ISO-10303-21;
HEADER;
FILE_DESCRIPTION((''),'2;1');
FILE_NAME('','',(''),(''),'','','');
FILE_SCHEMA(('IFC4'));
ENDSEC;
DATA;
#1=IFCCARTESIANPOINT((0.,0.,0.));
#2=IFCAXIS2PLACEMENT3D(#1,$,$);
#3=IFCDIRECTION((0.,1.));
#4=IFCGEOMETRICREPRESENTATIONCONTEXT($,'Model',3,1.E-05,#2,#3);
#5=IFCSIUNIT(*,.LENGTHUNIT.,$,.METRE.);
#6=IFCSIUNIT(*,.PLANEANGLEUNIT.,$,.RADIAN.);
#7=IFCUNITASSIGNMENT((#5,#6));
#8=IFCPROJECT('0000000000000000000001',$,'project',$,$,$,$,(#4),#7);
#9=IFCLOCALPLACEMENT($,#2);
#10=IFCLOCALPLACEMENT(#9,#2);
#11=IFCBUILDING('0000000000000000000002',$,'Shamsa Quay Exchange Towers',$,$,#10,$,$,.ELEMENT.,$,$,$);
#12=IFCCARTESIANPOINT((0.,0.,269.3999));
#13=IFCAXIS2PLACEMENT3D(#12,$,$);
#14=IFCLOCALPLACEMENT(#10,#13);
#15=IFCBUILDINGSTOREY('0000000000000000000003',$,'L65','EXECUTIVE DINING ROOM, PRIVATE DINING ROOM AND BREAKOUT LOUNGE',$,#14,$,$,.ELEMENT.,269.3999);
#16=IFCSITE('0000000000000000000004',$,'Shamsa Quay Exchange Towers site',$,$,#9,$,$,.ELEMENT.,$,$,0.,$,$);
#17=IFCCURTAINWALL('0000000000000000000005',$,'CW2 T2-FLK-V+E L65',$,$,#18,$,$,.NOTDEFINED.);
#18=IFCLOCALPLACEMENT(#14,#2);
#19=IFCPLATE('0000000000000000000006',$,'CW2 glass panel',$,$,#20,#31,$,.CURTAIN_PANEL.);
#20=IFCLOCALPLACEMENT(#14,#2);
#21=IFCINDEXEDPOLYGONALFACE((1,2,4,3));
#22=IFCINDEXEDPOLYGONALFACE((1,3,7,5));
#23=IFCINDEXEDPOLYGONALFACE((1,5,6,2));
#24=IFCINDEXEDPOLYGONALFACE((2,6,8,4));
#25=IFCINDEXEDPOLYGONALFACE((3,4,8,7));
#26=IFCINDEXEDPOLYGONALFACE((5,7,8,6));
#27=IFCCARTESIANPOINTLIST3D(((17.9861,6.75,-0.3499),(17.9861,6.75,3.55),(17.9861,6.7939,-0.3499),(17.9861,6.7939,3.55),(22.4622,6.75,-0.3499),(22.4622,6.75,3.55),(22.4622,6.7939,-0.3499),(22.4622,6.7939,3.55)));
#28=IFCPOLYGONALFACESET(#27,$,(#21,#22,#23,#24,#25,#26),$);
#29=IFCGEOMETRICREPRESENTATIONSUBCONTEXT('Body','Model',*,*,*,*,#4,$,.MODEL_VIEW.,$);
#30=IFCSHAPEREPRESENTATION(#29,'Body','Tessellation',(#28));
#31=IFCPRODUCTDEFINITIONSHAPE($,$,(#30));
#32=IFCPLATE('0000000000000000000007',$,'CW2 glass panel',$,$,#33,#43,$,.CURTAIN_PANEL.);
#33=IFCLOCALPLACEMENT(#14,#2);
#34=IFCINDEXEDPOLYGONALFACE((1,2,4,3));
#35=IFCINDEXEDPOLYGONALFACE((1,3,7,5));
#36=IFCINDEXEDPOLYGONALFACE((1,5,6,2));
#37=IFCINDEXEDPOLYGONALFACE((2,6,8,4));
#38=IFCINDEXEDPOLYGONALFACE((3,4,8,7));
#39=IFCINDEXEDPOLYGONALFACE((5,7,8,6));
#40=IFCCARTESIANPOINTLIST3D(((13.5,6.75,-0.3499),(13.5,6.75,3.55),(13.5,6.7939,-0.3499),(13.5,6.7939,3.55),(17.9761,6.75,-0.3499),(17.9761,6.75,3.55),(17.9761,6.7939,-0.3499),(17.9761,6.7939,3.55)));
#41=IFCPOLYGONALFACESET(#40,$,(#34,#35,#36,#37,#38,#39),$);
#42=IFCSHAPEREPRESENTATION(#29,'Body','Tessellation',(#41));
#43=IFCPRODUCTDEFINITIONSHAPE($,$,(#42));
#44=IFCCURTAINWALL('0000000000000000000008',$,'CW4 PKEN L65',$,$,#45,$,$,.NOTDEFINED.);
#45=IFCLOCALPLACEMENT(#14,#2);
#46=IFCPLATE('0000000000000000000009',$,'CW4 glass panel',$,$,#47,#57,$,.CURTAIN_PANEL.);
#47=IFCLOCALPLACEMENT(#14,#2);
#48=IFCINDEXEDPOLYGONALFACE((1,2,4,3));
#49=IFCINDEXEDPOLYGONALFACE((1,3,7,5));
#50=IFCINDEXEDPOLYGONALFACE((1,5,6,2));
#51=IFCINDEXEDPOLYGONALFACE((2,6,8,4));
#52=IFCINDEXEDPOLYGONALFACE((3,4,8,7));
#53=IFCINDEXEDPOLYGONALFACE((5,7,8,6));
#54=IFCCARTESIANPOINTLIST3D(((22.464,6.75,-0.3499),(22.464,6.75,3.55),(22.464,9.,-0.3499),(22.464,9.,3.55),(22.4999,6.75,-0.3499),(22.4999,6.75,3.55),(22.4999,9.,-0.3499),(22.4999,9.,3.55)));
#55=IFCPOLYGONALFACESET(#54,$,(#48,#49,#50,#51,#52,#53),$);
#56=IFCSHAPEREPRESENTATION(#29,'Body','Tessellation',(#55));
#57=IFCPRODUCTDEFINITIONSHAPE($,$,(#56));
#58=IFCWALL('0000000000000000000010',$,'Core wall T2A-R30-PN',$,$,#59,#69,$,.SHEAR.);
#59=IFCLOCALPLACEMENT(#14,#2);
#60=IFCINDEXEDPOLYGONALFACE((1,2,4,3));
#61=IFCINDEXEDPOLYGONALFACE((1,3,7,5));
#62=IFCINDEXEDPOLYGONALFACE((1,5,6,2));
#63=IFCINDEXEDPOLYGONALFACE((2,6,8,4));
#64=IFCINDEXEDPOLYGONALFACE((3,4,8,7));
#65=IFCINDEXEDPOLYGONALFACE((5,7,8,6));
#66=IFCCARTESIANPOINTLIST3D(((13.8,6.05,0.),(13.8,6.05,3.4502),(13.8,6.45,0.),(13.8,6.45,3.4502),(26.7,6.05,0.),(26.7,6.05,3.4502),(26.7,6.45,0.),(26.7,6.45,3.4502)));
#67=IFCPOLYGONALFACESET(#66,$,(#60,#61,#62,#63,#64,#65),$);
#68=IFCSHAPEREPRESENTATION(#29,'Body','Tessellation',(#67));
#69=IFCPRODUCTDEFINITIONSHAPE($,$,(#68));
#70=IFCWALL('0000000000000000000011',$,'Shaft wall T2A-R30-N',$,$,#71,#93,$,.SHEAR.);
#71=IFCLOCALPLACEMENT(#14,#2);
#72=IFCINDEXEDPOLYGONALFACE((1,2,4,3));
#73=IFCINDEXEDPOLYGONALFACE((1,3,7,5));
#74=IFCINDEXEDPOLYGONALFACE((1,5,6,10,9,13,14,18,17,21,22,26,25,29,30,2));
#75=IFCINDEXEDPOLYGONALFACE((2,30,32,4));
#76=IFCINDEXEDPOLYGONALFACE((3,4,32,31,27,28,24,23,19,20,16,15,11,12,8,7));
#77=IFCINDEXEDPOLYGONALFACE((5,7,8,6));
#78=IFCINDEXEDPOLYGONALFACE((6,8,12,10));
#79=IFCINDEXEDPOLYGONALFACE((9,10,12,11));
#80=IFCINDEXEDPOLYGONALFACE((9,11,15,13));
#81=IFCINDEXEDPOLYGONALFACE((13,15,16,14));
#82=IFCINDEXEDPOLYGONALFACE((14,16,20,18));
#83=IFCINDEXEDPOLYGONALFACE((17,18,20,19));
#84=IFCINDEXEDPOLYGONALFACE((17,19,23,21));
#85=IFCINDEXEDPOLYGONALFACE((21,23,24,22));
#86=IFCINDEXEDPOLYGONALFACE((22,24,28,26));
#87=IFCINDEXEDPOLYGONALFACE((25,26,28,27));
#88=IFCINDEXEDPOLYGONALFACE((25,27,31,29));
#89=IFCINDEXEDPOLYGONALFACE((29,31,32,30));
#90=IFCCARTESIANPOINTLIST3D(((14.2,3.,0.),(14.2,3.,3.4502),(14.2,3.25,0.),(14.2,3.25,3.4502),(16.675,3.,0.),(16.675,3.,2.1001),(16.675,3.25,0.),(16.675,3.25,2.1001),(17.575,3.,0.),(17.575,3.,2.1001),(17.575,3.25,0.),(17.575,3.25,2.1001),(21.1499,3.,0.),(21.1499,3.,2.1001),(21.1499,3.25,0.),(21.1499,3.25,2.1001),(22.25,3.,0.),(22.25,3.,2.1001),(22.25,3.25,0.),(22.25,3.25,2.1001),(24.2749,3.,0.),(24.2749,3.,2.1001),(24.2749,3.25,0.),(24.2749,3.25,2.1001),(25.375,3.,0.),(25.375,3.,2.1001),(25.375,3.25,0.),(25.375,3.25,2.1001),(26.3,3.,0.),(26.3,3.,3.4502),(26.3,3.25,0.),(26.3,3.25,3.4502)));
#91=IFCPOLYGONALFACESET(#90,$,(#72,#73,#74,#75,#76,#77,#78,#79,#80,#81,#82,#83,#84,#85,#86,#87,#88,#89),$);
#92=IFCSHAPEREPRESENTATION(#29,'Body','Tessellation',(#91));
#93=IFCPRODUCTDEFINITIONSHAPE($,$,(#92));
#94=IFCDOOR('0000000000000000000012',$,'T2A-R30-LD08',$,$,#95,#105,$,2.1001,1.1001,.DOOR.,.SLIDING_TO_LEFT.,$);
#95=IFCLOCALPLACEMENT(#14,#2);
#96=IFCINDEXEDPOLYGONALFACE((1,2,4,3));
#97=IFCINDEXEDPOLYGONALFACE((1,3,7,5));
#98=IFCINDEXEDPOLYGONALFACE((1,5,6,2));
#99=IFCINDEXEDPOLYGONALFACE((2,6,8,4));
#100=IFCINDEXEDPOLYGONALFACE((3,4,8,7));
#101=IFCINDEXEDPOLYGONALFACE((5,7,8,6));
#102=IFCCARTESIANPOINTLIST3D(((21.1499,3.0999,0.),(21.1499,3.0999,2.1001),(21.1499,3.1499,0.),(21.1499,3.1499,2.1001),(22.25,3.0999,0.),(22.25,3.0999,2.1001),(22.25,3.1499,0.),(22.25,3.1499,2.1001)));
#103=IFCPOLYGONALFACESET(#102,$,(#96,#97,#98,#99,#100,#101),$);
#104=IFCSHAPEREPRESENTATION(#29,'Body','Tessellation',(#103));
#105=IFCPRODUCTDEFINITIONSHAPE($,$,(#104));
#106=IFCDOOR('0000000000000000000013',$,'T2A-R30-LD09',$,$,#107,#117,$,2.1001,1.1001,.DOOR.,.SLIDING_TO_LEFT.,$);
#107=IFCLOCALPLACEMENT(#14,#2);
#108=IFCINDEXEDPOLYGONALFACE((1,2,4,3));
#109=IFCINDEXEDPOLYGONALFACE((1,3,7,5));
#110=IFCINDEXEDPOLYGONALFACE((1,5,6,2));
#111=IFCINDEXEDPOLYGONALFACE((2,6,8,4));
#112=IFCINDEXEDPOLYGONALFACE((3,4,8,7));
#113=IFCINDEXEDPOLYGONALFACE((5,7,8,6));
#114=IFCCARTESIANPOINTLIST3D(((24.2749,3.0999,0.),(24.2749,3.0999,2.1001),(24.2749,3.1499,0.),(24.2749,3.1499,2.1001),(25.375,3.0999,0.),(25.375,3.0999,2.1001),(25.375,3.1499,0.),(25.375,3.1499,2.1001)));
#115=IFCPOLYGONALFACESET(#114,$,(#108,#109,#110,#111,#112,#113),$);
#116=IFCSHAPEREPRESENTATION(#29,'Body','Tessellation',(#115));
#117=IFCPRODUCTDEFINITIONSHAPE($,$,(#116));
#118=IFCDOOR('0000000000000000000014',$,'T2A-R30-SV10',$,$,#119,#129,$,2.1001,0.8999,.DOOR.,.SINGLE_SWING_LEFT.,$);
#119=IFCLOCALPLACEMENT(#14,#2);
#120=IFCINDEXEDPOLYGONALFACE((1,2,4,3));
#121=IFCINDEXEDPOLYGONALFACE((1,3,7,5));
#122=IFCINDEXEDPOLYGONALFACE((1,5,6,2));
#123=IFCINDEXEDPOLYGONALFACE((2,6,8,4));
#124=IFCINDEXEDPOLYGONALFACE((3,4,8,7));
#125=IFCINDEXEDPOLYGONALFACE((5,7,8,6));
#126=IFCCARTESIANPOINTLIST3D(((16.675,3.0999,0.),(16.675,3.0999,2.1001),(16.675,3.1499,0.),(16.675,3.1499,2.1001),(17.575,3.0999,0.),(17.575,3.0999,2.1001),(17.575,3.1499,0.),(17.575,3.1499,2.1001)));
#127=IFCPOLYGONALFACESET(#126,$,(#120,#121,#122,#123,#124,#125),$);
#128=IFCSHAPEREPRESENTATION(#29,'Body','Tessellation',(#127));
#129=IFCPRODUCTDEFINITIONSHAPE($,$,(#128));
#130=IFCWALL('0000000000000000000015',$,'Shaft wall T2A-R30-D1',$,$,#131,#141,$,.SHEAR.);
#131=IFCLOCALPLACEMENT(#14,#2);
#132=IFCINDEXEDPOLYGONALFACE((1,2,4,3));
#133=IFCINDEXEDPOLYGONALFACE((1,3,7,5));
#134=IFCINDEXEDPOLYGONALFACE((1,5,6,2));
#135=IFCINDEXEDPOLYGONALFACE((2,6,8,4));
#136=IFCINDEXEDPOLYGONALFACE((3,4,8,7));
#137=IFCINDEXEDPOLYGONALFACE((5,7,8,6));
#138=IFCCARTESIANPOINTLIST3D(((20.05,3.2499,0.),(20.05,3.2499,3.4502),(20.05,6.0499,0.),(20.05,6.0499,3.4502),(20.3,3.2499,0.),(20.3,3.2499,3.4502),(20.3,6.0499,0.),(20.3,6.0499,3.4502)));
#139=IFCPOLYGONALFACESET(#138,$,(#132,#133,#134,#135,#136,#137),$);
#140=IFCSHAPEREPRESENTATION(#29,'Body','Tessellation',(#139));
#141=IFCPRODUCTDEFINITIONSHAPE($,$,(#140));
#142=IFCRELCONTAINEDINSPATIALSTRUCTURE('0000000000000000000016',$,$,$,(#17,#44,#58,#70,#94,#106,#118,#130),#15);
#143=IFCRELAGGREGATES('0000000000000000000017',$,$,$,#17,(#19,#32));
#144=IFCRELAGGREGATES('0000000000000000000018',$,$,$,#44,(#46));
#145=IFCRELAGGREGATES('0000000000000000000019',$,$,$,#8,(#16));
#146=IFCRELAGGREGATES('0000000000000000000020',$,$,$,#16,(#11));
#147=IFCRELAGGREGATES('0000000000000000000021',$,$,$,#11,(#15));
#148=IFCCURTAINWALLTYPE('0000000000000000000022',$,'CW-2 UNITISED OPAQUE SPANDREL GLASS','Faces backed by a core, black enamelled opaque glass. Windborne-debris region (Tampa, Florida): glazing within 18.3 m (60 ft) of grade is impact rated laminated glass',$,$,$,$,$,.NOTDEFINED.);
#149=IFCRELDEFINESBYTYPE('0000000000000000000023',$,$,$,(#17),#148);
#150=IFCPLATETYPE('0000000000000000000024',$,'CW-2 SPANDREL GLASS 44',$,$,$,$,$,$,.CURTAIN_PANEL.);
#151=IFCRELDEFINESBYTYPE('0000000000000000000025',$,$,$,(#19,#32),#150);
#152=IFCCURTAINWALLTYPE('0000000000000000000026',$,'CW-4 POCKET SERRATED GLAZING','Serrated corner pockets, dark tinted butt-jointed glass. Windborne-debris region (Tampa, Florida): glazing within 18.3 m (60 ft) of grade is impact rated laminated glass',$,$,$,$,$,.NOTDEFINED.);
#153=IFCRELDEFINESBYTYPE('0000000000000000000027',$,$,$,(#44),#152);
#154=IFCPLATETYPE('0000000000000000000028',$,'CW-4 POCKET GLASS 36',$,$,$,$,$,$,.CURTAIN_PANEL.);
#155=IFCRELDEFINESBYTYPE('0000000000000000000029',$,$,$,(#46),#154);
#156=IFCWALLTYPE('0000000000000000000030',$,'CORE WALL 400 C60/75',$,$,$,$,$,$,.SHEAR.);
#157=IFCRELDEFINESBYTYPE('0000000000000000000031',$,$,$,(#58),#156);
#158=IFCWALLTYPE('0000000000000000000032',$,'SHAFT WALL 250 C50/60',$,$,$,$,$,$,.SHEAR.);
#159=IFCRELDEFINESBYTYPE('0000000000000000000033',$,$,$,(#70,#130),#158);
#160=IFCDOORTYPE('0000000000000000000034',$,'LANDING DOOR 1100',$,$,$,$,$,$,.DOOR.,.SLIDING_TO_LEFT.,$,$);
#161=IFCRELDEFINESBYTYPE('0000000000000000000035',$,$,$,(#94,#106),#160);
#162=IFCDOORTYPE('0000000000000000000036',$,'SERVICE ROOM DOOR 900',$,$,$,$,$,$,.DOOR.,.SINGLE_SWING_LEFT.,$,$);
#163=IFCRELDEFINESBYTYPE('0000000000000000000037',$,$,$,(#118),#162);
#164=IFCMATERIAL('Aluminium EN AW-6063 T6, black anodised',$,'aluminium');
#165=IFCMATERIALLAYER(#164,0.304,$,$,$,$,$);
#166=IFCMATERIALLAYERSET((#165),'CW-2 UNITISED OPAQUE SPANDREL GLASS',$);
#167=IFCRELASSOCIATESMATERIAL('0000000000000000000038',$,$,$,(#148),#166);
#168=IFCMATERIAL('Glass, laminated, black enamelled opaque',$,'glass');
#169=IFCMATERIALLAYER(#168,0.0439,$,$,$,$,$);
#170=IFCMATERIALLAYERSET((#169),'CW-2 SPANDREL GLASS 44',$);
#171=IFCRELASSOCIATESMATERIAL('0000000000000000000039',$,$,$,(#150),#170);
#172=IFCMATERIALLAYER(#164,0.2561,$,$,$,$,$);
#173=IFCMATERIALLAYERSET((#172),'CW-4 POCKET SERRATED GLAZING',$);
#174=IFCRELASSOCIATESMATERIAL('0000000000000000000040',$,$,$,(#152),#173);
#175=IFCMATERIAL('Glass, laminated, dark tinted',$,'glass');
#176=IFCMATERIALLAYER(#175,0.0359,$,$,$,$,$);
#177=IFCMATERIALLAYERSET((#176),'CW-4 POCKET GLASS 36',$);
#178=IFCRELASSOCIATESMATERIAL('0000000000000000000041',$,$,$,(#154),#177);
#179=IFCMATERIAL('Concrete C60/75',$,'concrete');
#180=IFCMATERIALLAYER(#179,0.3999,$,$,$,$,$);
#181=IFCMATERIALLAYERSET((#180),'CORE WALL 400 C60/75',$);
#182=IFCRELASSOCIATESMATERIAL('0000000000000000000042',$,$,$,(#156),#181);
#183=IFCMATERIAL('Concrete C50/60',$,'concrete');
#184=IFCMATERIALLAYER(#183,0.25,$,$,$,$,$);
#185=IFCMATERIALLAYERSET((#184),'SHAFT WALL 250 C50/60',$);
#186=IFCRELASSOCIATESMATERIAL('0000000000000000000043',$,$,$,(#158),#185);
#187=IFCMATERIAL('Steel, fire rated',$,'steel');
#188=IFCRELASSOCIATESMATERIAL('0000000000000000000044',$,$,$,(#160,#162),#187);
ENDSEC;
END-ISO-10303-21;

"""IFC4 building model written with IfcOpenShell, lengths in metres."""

from ifc_helpers import new_model, si_unit, direction, frame, frame_2d, origin, origin_2d, place, context, subcontext, project, spatial, rectangle, extrude, material, layer, layer_set, type_object, element, fill, aggregate, save


model = new_model("IFC4")

# Units and contexts
model_context = context("Model", 3, precision=1e-05, world=origin(), true_north=direction((0.0, 1.0)))
body_context = subcontext(model_context, "Body", "Model", "MODEL_VIEW")
ifc_project = project(units=[si_unit("LENGTHUNIT", "METRE"), si_unit("PLANEANGLEUNIT", "RADIAN")], contexts=[model_context])

# Site, building, storey
site_placement = place(None, origin())
site = spatial("IfcSite", under=ifc_project, at=site_placement, Name="Shamsa Quay Exchange Towers site", CompositionType="ELEMENT", RefElevation=0.0)
building_placement = place(site_placement, origin())
building = spatial("IfcBuilding", under=site, at=building_placement, Name="Shamsa Quay Exchange Towers", CompositionType="ELEMENT")
storey_placement = place(building_placement, frame((0.0, 0.0, 269.3999)))
storey = spatial("IfcBuildingStorey", under=building, at=storey_placement, Name="L65", Description="EXECUTIVE DINING ROOM, PRIVATE DINING ROOM AND BREAKOUT LOUNGE", CompositionType="ELEMENT", Elevation=269.3999)

# Shared definitions
ifc_material_1 = material(Name="Aluminium EN AW-6063 T6, black anodised", Category="aluminium")

# Shared definitions
ifc_material_2 = material(Name="Concrete C50/60", Category="concrete")

# Shared definitions
ifc_material_3 = material(Name="Glass, laminated, dark tinted", Category="glass")

# Curtain wall, plates
ifc_layer_1 = layer(ifc_material_1, 0.304)
ifc_layer_set_1 = layer_set([ifc_layer_1], Name="CW-2 UNITISED OPAQUE SPANDREL GLASS")
curtain_wall_type_1 = type_object("IfcCurtainWallType", Name="CW-2 UNITISED OPAQUE SPANDREL GLASS", Description="Faces backed by a core, black enamelled opaque glass. Windborne-debris region (Tampa, Florida): glazing within 18.3 m (60 ft) of grade is impact rated laminated glass", PredefinedType="NOTDEFINED", material=ifc_layer_set_1)
curtain_wall_1_placement = place(storey_placement, origin())
curtain_wall_1 = element("IfcCurtainWall", 1, at=curtain_wall_1_placement, inside=storey, type_object=curtain_wall_type_1, Name="CW2 T2-FLK-V+E L65", PredefinedType="NOTDEFINED")
ifc_material_4 = material(Name="Glass, laminated, black enamelled opaque", Category="glass")
ifc_layer_2 = layer(ifc_material_4, 0.0439)
ifc_layer_set_2 = layer_set([ifc_layer_2], Name="CW-2 SPANDREL GLASS 44")
plate_type_1 = type_object("IfcPlateType", Name="CW-2 SPANDREL GLASS 44", PredefinedType="CURTAIN_PANEL", material=ifc_layer_set_2)
plate_1_placement = place(storey_placement, frame((20.2241, 6.772, -0.3499), z_axis=(0.0, 0.0, 1.0), x_axis=(-1.0, 0.0, 0.0)))
plate_1 = element("IfcPlate", 2, at=plate_1_placement, type_object=plate_type_1, Name="CW2 glass panel", PredefinedType="CURTAIN_PANEL", context=body_context, shape_type="SweptSolid", body=[
    extrude(rectangle(XDim=4.4761, YDim=0.0439, at=origin_2d()), origin(), (0.0, 0.0, 1.0), 3.8999),
])
plate_2_placement = place(storey_placement, frame((15.738, 6.772, -0.3499), z_axis=(0.0, 0.0, 1.0), x_axis=(-1.0, 0.0, 0.0)))
plate_2 = element("IfcPlate", 3, at=plate_2_placement, type_object=plate_type_1, Name="CW2 glass panel", PredefinedType="CURTAIN_PANEL", context=body_context, shape_type="SweptSolid", body=[
    extrude(rectangle(XDim=4.4761, YDim=0.0439, at=origin_2d()), origin(), (0.0, 0.0, 1.0), 3.8999),
])
aggregate(curtain_wall_1, [plate_1, plate_2])

# Curtain wall, plate
ifc_layer_3 = layer(ifc_material_1, 0.2561)
ifc_layer_set_3 = layer_set([ifc_layer_3], Name="CW-4 POCKET SERRATED GLAZING")
curtain_wall_type_2 = type_object("IfcCurtainWallType", Name="CW-4 POCKET SERRATED GLAZING", Description="Serrated corner pockets, dark tinted butt-jointed glass. Windborne-debris region (Tampa, Florida): glazing within 18.3 m (60 ft) of grade is impact rated laminated glass", PredefinedType="NOTDEFINED", material=ifc_layer_set_3)
curtain_wall_2_placement = place(storey_placement, origin())
curtain_wall_2 = element("IfcCurtainWall", 4, at=curtain_wall_2_placement, inside=storey, type_object=curtain_wall_type_2, Name="CW4 PKEN L65", PredefinedType="NOTDEFINED")
ifc_layer_4 = layer(ifc_material_3, 0.0359)
ifc_layer_set_4 = layer_set([ifc_layer_4], Name="CW-4 POCKET GLASS 36")
plate_type_2 = type_object("IfcPlateType", Name="CW-4 POCKET GLASS 36", PredefinedType="CURTAIN_PANEL", material=ifc_layer_set_4)
plate_3_placement = place(storey_placement, frame((22.4819, 7.875, -0.3499), z_axis=(0.0, 0.0, 1.0), x_axis=(0.0, -1.0, 0.0)))
plate_3 = element("IfcPlate", 5, at=plate_3_placement, type_object=plate_type_2, Name="CW4 glass panel", PredefinedType="CURTAIN_PANEL", context=body_context, shape_type="SweptSolid", body=[
    extrude(rectangle(XDim=2.25, YDim=0.0359, at=origin_2d()), origin(), (0.0, 0.0, 1.0), 3.8999),
])
aggregate(curtain_wall_2, [plate_3])

# Wall
ifc_material_5 = material(Name="Concrete C60/75", Category="concrete")
ifc_layer_5 = layer(ifc_material_5, 0.3999)
ifc_layer_set_5 = layer_set([ifc_layer_5], Name="CORE WALL 400 C60/75")
wall_type_1 = type_object("IfcWallType", Name="CORE WALL 400 C60/75", PredefinedType="SHEAR", material=ifc_layer_set_5)
wall_1_placement = place(storey_placement, frame((13.8, 6.25, 0.0)))
element("IfcWall", 6, at=wall_1_placement, inside=storey, type_object=wall_type_1, Name="Core wall T2A-R30-PN", PredefinedType="SHEAR", context=body_context, shape_type="SweptSolid", body=[
    extrude(rectangle(XDim=12.8999, YDim=0.3999, at=frame_2d((6.45, 0.0))), origin(), (0.0, 0.0, 1.0), 3.4502),
])

# Shared definitions
ifc_material_6 = material(Name="Steel, fire rated", Category="steel")

# Wall, openings, doors
ifc_layer_6 = layer(ifc_material_2, 0.25)
ifc_layer_set_6 = layer_set([ifc_layer_6], Name="SHAFT WALL 250 C50/60")
wall_type_2 = type_object("IfcWallType", Name="SHAFT WALL 250 C50/60", PredefinedType="SHEAR", material=ifc_layer_set_6)
wall_2_placement = place(storey_placement, frame((14.2, 3.125, 0.0)))
wall_2 = element("IfcWall", 7, at=wall_2_placement, inside=storey, type_object=wall_type_2, Name="Shaft wall T2A-R30-N", PredefinedType="SHEAR", context=body_context, shape_type="SweptSolid", body=[
    extrude(rectangle(XDim=12.1001, YDim=0.25, at=frame_2d((6.05, 0.0))), origin(), (0.0, 0.0, 1.0), 3.4502),
])
opening_1_placement = place(wall_2_placement, frame((6.95, 0.0, 0.0)))
opening_1 = element("IfcOpeningElement", 8, at=opening_1_placement, cuts=wall_2, PredefinedType="OPENING", context=body_context, shape_type="SweptSolid", body=[
    extrude(rectangle(XDim=1.1001, YDim=2.1001, at=frame_2d((0.55, 1.05))), frame((0.0, 0.135, 0.0), z_axis=(0.0, -1.0, 0.0), x_axis=(1.0, 0.0, 0.0)), (0.0, 0.0, 1.0), 0.27),
])
opening_2_placement = place(wall_2_placement, frame((10.075, 0.0, 0.0)))
opening_2 = element("IfcOpeningElement", 9, at=opening_2_placement, cuts=wall_2, PredefinedType="OPENING", context=body_context, shape_type="SweptSolid", body=[
    extrude(rectangle(XDim=1.1001, YDim=2.1001, at=frame_2d((0.55, 1.05))), frame((0.0, 0.135, 0.0), z_axis=(0.0, -1.0, 0.0), x_axis=(1.0, 0.0, 0.0)), (0.0, 0.0, 1.0), 0.27),
])
opening_3_placement = place(wall_2_placement, frame((2.4751, 0.0, 0.0)))
opening_3 = element("IfcOpeningElement", 10, at=opening_3_placement, cuts=wall_2, PredefinedType="OPENING", context=body_context, shape_type="SweptSolid", body=[
    extrude(rectangle(XDim=0.8999, YDim=2.1001, at=frame_2d((0.45, 1.05))), frame((0.0, 0.135, 0.0), z_axis=(0.0, -1.0, 0.0), x_axis=(1.0, 0.0, 0.0)), (0.0, 0.0, 1.0), 0.27),
])
door_type_1 = type_object("IfcDoorType", Name="LANDING DOOR 1100", OperationType="SLIDING_TO_LEFT", PredefinedType="DOOR", material=ifc_material_6)
door_1_placement = place(opening_1_placement, origin())
door_1 = element("IfcDoor", 11, at=door_1_placement, inside=storey, type_object=door_type_1, Name="T2A-R30-LD08", OperationType="SLIDING_TO_LEFT", OverallHeight=2.1001, OverallWidth=1.1001, PredefinedType="DOOR", context=body_context, shape_type="SweptSolid", body=[
    extrude(rectangle(XDim=1.1001, YDim=2.1001, at=frame_2d((0.55, 1.05))), frame((0.0, 0.0249, 0.0), z_axis=(0.0, -1.0, 0.0), x_axis=(1.0, 0.0, 0.0)), (0.0, 0.0, 1.0), 0.05),
])
fill(opening_1, door_1)
door_2_placement = place(opening_2_placement, origin())
door_2 = element("IfcDoor", 12, at=door_2_placement, inside=storey, type_object=door_type_1, Name="T2A-R30-LD09", OperationType="SLIDING_TO_LEFT", OverallHeight=2.1001, OverallWidth=1.1001, PredefinedType="DOOR", context=body_context, shape_type="SweptSolid", body=[
    extrude(rectangle(XDim=1.1001, YDim=2.1001, at=frame_2d((0.55, 1.05))), frame((0.0, 0.0249, 0.0), z_axis=(0.0, -1.0, 0.0), x_axis=(1.0, 0.0, 0.0)), (0.0, 0.0, 1.0), 0.05),
])
fill(opening_2, door_2)
door_type_2 = type_object("IfcDoorType", Name="SERVICE ROOM DOOR 900", OperationType="SINGLE_SWING_LEFT", PredefinedType="DOOR", material=ifc_material_6)
door_3_placement = place(opening_3_placement, origin())
door_3 = element("IfcDoor", 13, at=door_3_placement, inside=storey, type_object=door_type_2, Name="T2A-R30-SV10", OperationType="SINGLE_SWING_LEFT", OverallHeight=2.1001, OverallWidth=0.8999, PredefinedType="DOOR", context=body_context, shape_type="SweptSolid", body=[
    extrude(rectangle(XDim=0.8999, YDim=2.1001, at=frame_2d((0.45, 1.05))), frame((0.0, 0.0249, 0.0), z_axis=(0.0, -1.0, 0.0), x_axis=(1.0, 0.0, 0.0)), (0.0, 0.0, 1.0), 0.05),
])
fill(opening_3, door_3)

# Wall
wall_3_placement = place(storey_placement, frame((20.175, 3.25, 0.0), z_axis=(0.0, 0.0, 1.0), x_axis=(0.0, 1.0, 0.0)))
element("IfcWall", 14, at=wall_3_placement, inside=storey, type_object=wall_type_2, Name="Shaft wall T2A-R30-D1", PredefinedType="SHEAR", context=body_context, shape_type="SweptSolid", body=[
    extrude(rectangle(XDim=2.8, YDim=0.25, at=frame_2d((1.3999, 0.0))), origin(), (0.0, 0.0, 1.0), 3.4502),
])

save(model, "model.ifc")
